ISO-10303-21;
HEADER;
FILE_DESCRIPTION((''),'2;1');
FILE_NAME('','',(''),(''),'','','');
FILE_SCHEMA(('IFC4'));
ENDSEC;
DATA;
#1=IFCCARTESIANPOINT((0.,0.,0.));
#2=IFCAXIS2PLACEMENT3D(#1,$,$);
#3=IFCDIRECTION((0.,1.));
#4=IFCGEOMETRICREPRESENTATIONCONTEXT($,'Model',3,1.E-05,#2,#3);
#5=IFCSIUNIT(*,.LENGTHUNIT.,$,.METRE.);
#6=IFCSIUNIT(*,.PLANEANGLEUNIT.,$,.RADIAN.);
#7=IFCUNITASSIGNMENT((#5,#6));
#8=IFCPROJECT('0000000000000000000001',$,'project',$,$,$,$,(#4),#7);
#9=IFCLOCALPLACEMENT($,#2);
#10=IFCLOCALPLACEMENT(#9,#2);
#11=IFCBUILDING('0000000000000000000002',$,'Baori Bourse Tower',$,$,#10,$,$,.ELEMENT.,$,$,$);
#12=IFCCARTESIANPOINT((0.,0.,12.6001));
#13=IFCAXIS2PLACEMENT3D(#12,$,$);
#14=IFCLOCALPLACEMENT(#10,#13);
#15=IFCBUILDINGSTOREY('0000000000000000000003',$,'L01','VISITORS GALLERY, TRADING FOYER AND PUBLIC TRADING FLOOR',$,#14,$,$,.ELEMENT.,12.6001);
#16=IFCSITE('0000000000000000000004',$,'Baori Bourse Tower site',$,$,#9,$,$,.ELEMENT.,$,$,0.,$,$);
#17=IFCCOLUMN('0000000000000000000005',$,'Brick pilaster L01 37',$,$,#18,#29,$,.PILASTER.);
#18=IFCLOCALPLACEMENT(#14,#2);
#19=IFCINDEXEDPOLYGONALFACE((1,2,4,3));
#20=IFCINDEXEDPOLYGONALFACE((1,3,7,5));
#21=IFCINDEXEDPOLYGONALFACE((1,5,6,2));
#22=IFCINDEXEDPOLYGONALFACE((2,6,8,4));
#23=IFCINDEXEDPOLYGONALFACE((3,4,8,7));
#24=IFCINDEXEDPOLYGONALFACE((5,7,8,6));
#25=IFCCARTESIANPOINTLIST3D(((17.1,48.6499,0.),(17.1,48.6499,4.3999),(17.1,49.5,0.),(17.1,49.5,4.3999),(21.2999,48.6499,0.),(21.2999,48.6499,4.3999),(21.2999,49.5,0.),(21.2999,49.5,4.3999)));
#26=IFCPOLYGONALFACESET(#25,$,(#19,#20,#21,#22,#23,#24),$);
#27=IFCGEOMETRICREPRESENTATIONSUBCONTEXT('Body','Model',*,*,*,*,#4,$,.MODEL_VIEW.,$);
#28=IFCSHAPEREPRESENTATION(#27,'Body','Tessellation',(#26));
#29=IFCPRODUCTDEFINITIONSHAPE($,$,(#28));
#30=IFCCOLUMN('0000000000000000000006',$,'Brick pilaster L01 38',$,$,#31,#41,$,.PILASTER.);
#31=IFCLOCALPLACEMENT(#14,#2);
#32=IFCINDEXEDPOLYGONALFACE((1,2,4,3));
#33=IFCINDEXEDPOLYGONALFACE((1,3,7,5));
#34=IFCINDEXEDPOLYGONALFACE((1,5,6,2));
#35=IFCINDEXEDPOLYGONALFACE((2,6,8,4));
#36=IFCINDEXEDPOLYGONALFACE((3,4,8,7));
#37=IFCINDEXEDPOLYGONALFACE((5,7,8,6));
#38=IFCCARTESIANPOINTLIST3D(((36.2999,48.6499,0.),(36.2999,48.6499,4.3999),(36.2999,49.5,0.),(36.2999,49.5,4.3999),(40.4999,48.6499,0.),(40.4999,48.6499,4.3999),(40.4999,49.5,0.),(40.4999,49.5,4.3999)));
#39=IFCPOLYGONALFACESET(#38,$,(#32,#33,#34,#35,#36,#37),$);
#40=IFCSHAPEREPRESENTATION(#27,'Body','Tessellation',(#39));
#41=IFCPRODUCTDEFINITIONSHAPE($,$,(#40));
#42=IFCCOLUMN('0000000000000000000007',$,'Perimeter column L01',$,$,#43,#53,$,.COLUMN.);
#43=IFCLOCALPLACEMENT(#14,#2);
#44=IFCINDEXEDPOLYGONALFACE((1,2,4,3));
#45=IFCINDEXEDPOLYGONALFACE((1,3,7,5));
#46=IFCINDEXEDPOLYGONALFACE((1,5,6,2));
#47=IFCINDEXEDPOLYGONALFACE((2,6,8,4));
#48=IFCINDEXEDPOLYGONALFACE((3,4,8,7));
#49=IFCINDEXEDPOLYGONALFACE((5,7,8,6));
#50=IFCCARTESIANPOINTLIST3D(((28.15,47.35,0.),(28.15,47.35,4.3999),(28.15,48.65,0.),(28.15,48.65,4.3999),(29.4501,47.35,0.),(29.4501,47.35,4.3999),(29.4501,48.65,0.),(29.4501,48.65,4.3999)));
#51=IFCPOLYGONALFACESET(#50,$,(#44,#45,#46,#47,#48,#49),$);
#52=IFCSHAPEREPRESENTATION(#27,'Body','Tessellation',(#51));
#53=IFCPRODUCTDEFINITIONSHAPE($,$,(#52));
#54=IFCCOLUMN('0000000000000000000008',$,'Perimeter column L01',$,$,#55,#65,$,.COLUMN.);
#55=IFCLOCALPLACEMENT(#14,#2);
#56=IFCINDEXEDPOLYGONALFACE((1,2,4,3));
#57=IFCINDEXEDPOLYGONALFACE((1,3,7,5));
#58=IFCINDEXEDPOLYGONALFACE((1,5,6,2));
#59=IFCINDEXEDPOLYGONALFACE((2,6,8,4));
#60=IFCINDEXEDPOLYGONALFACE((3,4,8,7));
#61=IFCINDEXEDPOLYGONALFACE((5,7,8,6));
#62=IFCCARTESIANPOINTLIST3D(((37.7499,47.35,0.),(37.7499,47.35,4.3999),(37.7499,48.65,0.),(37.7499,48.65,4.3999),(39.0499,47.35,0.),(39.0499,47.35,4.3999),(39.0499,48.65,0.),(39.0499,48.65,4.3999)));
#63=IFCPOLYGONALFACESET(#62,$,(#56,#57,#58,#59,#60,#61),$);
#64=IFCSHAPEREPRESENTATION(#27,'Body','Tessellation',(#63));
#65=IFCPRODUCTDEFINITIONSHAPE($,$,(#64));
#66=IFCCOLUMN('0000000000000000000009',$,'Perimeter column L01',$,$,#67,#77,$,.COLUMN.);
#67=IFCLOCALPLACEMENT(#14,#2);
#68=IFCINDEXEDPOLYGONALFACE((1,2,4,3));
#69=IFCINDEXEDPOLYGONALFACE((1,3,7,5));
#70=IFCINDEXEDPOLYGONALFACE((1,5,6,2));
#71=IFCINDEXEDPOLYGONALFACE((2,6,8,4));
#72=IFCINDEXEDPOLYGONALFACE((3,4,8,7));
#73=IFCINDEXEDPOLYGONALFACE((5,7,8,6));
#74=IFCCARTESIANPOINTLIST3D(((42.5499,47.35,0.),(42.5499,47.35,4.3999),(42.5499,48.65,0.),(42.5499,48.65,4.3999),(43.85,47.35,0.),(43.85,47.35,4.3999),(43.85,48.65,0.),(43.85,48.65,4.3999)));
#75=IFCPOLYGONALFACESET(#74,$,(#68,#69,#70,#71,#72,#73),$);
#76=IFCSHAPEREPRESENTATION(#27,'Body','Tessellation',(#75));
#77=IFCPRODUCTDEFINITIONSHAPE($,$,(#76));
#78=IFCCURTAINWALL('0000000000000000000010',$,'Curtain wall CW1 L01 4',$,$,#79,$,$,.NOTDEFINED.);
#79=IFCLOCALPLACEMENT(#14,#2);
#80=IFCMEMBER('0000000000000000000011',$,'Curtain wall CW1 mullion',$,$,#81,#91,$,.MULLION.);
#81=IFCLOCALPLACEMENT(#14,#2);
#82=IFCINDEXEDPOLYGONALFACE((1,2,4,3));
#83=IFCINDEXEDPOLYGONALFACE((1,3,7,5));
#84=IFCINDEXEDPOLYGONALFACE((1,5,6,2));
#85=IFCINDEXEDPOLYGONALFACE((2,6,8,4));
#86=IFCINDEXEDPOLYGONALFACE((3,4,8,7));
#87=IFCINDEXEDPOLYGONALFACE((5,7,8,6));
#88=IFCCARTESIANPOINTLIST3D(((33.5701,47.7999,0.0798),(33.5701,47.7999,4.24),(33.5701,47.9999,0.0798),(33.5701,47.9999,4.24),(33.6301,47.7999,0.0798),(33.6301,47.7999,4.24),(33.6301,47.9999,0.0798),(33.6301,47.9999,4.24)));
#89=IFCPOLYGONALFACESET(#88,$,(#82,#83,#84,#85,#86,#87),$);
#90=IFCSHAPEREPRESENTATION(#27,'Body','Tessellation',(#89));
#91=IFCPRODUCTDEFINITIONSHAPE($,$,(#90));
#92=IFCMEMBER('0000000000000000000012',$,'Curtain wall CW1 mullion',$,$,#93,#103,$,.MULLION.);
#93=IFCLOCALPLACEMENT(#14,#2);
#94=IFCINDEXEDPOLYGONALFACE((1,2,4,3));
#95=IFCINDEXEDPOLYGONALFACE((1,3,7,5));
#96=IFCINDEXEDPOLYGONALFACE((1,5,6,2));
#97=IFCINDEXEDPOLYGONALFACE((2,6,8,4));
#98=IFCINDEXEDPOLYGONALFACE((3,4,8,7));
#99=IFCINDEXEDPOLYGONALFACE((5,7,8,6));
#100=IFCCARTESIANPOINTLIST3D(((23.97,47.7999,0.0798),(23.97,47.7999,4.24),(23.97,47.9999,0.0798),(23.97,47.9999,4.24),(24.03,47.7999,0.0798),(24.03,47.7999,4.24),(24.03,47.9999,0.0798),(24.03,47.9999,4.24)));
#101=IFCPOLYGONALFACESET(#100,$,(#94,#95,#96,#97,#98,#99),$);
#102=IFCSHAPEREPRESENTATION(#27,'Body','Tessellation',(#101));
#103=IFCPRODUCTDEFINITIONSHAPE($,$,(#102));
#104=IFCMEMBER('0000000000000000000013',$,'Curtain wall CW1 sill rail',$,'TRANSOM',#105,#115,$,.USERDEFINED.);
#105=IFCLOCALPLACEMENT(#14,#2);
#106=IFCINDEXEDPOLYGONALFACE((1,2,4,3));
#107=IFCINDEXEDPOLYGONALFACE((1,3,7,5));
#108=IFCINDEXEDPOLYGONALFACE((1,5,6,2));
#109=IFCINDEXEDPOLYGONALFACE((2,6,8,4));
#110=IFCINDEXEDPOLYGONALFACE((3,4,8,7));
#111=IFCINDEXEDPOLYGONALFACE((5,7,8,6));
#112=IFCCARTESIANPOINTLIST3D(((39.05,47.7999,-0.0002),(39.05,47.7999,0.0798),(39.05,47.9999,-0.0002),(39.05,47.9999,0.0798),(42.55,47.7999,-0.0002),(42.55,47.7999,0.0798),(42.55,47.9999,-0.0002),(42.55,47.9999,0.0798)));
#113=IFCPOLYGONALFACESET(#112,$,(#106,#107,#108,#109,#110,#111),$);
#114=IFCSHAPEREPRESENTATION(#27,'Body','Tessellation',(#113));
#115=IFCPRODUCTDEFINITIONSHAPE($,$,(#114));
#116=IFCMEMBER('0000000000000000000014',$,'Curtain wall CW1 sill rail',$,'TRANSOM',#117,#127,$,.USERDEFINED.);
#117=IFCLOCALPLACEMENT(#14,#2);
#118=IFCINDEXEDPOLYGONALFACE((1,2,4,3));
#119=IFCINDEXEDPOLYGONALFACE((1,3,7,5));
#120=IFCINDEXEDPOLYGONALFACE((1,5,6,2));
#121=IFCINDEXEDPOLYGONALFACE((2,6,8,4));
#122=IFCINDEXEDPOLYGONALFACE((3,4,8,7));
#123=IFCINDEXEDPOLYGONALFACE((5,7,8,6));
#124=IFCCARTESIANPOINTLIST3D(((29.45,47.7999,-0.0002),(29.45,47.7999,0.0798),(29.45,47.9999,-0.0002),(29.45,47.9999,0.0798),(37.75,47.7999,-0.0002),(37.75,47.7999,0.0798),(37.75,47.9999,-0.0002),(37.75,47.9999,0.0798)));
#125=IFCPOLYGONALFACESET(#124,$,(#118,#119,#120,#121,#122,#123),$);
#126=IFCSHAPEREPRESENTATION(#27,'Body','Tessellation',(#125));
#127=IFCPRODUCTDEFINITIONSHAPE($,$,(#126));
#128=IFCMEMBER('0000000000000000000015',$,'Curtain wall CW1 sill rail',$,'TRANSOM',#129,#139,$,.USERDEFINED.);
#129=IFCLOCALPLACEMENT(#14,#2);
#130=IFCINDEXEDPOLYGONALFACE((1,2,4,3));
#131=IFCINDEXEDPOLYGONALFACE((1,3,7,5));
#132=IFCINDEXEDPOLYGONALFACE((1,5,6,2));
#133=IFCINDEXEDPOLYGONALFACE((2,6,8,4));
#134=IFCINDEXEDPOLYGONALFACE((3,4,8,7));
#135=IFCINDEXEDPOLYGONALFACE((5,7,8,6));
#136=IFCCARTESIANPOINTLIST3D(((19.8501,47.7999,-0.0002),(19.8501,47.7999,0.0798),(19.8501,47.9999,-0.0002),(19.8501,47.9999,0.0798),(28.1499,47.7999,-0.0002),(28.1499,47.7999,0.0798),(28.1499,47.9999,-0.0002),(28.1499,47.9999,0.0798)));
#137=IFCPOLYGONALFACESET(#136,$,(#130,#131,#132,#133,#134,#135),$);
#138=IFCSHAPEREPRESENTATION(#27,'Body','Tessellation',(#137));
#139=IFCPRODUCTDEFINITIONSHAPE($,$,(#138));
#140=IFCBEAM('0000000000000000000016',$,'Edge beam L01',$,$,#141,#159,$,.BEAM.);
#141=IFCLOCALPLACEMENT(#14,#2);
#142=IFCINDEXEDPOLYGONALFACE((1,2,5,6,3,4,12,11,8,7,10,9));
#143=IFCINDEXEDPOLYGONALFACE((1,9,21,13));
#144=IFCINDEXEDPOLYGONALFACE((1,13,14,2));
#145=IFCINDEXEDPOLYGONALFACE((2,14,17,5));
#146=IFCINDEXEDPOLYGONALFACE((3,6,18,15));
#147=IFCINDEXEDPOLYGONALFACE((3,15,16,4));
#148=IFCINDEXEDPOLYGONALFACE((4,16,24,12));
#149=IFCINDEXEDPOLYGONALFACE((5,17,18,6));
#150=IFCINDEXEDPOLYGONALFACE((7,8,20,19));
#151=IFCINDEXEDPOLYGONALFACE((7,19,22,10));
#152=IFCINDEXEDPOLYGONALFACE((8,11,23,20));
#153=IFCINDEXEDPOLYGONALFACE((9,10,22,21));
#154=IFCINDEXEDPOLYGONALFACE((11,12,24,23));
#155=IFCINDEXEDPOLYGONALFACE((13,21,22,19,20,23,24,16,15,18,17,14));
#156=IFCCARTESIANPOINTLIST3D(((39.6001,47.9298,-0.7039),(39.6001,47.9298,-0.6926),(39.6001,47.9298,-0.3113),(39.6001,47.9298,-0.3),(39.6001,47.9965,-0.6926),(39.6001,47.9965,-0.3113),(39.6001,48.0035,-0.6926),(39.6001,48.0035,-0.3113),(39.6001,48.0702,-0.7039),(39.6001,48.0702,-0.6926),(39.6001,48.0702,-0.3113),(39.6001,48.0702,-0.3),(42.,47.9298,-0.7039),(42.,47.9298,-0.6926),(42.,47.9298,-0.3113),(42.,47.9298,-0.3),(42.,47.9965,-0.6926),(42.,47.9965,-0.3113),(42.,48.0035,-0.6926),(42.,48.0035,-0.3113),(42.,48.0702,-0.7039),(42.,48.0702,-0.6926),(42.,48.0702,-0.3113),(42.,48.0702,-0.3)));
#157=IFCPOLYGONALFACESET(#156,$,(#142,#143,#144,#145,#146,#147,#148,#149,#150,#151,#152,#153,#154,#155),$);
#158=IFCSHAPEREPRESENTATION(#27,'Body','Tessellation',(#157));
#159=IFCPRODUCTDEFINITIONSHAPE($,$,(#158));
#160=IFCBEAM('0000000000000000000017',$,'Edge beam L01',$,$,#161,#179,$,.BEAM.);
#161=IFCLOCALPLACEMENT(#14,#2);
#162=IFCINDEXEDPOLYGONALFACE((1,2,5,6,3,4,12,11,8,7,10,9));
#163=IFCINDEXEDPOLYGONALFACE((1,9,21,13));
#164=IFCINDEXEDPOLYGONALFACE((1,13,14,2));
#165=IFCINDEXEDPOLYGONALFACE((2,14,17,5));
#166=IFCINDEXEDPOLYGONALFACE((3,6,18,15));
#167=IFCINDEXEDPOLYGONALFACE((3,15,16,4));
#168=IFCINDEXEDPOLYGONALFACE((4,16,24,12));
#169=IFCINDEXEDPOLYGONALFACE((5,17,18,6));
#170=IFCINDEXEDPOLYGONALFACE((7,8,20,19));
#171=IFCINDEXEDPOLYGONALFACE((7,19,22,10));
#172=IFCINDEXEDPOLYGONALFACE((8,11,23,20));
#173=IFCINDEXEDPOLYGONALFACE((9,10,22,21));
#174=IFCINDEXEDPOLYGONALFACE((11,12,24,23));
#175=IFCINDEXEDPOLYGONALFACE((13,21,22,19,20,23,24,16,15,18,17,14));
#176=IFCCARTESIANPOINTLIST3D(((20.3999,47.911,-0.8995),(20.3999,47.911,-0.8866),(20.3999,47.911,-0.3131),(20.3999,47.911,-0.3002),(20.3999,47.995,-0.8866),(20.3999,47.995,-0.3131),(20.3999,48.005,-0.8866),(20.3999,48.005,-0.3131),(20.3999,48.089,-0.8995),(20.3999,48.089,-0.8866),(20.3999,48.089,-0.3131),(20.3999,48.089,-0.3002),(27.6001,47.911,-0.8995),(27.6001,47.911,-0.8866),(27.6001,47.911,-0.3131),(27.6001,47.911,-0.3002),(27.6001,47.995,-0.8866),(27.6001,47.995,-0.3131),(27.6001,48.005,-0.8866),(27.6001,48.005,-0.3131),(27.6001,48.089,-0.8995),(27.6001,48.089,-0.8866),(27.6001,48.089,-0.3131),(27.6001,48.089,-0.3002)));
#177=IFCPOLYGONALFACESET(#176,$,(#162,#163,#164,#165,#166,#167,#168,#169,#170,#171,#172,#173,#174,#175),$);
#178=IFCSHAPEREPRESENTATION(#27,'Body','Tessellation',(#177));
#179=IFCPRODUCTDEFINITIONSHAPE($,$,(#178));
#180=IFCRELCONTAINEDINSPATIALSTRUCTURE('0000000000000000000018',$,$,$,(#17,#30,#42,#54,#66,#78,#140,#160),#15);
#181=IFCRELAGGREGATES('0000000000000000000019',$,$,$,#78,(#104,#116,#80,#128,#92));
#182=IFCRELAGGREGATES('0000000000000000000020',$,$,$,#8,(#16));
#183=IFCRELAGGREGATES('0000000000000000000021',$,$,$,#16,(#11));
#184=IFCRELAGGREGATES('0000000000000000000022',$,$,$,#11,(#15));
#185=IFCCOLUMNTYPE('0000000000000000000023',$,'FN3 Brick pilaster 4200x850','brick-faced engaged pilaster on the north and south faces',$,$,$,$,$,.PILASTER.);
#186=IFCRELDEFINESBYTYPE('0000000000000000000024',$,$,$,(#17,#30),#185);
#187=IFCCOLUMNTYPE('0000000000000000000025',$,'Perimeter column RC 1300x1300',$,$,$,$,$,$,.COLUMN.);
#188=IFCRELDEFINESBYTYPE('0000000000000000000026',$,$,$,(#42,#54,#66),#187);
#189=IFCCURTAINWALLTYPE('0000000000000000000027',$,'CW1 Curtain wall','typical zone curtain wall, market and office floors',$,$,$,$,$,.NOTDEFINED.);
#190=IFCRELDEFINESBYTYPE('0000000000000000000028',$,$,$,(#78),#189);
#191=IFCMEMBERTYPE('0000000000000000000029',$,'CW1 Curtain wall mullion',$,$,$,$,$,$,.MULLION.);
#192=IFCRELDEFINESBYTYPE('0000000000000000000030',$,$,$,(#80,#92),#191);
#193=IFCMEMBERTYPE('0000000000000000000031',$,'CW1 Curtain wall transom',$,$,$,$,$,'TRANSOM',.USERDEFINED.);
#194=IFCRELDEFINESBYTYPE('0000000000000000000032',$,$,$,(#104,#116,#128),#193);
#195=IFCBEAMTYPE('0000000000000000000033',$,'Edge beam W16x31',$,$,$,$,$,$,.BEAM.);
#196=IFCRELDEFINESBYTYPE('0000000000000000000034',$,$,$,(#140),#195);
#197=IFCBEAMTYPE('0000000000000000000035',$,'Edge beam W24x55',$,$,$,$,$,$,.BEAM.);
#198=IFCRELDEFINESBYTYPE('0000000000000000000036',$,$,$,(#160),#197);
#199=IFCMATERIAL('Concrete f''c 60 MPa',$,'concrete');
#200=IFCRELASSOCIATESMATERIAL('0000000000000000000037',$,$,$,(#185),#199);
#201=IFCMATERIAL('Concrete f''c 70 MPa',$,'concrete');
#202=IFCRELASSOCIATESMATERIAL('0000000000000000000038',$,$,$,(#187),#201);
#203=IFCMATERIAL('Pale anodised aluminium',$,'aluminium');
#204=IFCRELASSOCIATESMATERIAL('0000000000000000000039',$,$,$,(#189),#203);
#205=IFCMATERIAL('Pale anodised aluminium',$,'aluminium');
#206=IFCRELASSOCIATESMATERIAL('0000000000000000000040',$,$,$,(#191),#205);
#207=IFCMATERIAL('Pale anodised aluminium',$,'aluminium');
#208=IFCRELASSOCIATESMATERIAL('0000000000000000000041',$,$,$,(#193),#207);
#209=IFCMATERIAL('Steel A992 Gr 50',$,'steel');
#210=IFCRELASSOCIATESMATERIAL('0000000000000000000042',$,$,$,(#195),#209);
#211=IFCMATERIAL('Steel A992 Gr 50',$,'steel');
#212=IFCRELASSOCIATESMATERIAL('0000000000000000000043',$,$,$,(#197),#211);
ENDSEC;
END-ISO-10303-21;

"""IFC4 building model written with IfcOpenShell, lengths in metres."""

from ifc_helpers import new_model, si_unit, direction, frame, origin, origin_2d, place, context, subcontext, project, spatial, rectangle, i_section, extrude, material, material_profile, profile_set, type_object, element, aggregate, save


model = new_model("IFC4")

# Units and contexts
model_context = context("Model", 3, precision=1e-05, world=origin(), true_north=direction((0.0, 1.0)))
body_context = subcontext(model_context, "Body", "Model", "MODEL_VIEW")
ifc_project = project(units=[si_unit("LENGTHUNIT", "METRE"), si_unit("PLANEANGLEUNIT", "RADIAN")], contexts=[model_context])

# Site, building, storey
site_placement = place(None, origin())
site = spatial("IfcSite", under=ifc_project, at=site_placement, Name="Baori Bourse Tower site", CompositionType="ELEMENT", RefElevation=0.0)
building_placement = place(site_placement, origin())
building = spatial("IfcBuilding", under=site, at=building_placement, Name="Baori Bourse Tower", CompositionType="ELEMENT")
storey_placement = place(building_placement, frame((0.0, 0.0, 12.6001)))
storey = spatial("IfcBuildingStorey", under=building, at=storey_placement, Name="L01", Description="VISITORS GALLERY, TRADING FOYER AND PUBLIC TRADING FLOOR", CompositionType="ELEMENT", Elevation=12.6001)

# Columns
ifc_material_1 = material(Name="Concrete f'c 60 MPa", Category="concrete")
ifc_material_profile_1 = material_profile(ifc_material_1, rectangle(XDim=4.2, YDim=0.8501, at=origin_2d()), Name="RC 4200x850")
ifc_profile_set_1 = profile_set([ifc_material_profile_1], Name="Concrete f'c 60 MPa")
column_type_1 = type_object("IfcColumnType", Name="FN3 Brick pilaster 4200x850", Description="brick-faced engaged pilaster on the north and south faces", PredefinedType="PILASTER", material=ifc_profile_set_1)
for number, where, z_axis, x_axis, name in (
    (1, (19.2, 49.075, 0.0), (0.0, 0.0, 1.0), (1.0, 0.0, 0.0), "Brick pilaster L01 37"),
    (2, (38.3999, 49.075, 0.0), (0.0, 0.0, 1.0), (1.0, 0.0, 0.0), "Brick pilaster L01 38"),
):
    element("IfcColumn", number, at=place(storey_placement, frame(where, z_axis=z_axis, x_axis=x_axis)), inside=storey, type_object=column_type_1, Name=name, PredefinedType="PILASTER", context=body_context, shape_type="SweptSolid", body=[
        extrude(rectangle(XDim=4.2, YDim=0.8501, at=origin_2d()), origin(), (0.0, 0.0, 1.0), 4.3999),
    ])
ifc_material_2 = material(Name="Concrete f'c 70 MPa", Category="concrete")
ifc_material_profile_2 = material_profile(ifc_material_2, rectangle(XDim=1.3, YDim=1.3, at=origin_2d()), Name="RC 1300x1300")
ifc_profile_set_2 = profile_set([ifc_material_profile_2], Name="Concrete f'c 70 MPa")
column_type_2 = type_object("IfcColumnType", Name="Perimeter column RC 1300x1300", PredefinedType="COLUMN", material=ifc_profile_set_2)
for number, where, z_axis, x_axis, name in (
    (3, (28.8, 48.0, 0.0), (0.0, 0.0, 1.0), (1.0, 0.0, 0.0), "Perimeter column L01"),
    (4, (38.3999, 48.0, 0.0), (0.0, 0.0, 1.0), (1.0, 0.0, 0.0), "Perimeter column L01"),
    (5, (43.2, 48.0, 0.0), (0.0, 0.0, 1.0), (1.0, 0.0, 0.0), "Perimeter column L01"),
):
    element("IfcColumn", number, at=place(storey_placement, frame(where, z_axis=z_axis, x_axis=x_axis)), inside=storey, type_object=column_type_2, Name=name, PredefinedType="COLUMN", context=body_context, shape_type="SweptSolid", body=[
        extrude(rectangle(XDim=1.3, YDim=1.3, at=origin_2d()), origin(), (0.0, 0.0, 1.0), 4.3999),
    ])

# Curtain wall, members
ifc_material_3 = material(Name="Pale anodised aluminium", Category="aluminium")
curtain_wall_type = type_object("IfcCurtainWallType", Name="CW1 Curtain wall", Description="typical zone curtain wall, market and office floors", PredefinedType="NOTDEFINED", material=ifc_material_3)
curtain_wall_placement = place(storey_placement, origin())
curtain_wall = element("IfcCurtainWall", 6, at=curtain_wall_placement, inside=storey, type_object=curtain_wall_type, Name="Curtain wall CW1 L01 4", PredefinedType="NOTDEFINED")
ifc_material_4 = material(Name="Pale anodised aluminium", Category="aluminium")
ifc_material_profile_3 = material_profile(ifc_material_4, rectangle(XDim=0.2, YDim=0.0601, at=origin_2d()), Name="Mullion 60x200")
ifc_profile_set_3 = profile_set([ifc_material_profile_3], Name="Pale anodised aluminium")
member_type_1 = type_object("IfcMemberType", Name="CW1 Curtain wall mullion", PredefinedType="MULLION", material=ifc_profile_set_3)
member_1_placement = place(storey_placement, frame((33.6001, 47.8999, 0.0798), z_axis=(0.0, 0.0, 1.0), x_axis=(0.0, -1.0, 0.0)))
member_1 = element("IfcMember", 7, at=member_1_placement, type_object=member_type_1, Name="Curtain wall CW1 mullion", PredefinedType="MULLION", context=body_context, shape_type="SweptSolid", body=[
    extrude(rectangle(XDim=0.2, YDim=0.0601, at=origin_2d()), origin(), (0.0, 0.0, 1.0), 4.1602),
])
member_2_placement = place(storey_placement, frame((24.0, 47.8999, 0.0798), z_axis=(0.0, 0.0, 1.0), x_axis=(0.0, -1.0, 0.0)))
member_2 = element("IfcMember", 8, at=member_2_placement, type_object=member_type_1, Name="Curtain wall CW1 mullion", PredefinedType="MULLION", context=body_context, shape_type="SweptSolid", body=[
    extrude(rectangle(XDim=0.2, YDim=0.0601, at=origin_2d()), origin(), (0.0, 0.0, 1.0), 4.1602),
])
ifc_material_5 = material(Name="Pale anodised aluminium", Category="aluminium")
ifc_material_profile_4 = material_profile(ifc_material_5, rectangle(XDim=0.2, YDim=0.0801, at=origin_2d()), Name="Transom 80x200")
ifc_profile_set_4 = profile_set([ifc_material_profile_4], Name="Pale anodised aluminium")
member_type_2 = type_object("IfcMemberType", Name="CW1 Curtain wall transom", ElementType="TRANSOM", PredefinedType="USERDEFINED", material=ifc_profile_set_4)
member_3_placement = place(storey_placement, frame((42.55, 47.8999, 0.0398), z_axis=(-1.0, 0.0, 0.0), x_axis=(0.0, -1.0, 0.0)))
member_3 = element("IfcMember", 9, at=member_3_placement, type_object=member_type_2, Name="Curtain wall CW1 sill rail", ObjectType="TRANSOM", PredefinedType="USERDEFINED", context=body_context, shape_type="SweptSolid", body=[
    extrude(rectangle(XDim=0.2, YDim=0.0801, at=origin_2d()), origin(), (0.0, 0.0, 1.0), 3.5),
])
member_4_placement = place(storey_placement, frame((37.75, 47.8999, 0.0398), z_axis=(-1.0, 0.0, 0.0), x_axis=(0.0, -1.0, 0.0)))
member_4 = element("IfcMember", 10, at=member_4_placement, type_object=member_type_2, Name="Curtain wall CW1 sill rail", ObjectType="TRANSOM", PredefinedType="USERDEFINED", context=body_context, shape_type="SweptSolid", body=[
    extrude(rectangle(XDim=0.2, YDim=0.0801, at=origin_2d()), origin(), (0.0, 0.0, 1.0), 8.3),
])
member_5_placement = place(storey_placement, frame((28.1499, 47.8999, 0.0398), z_axis=(-1.0, 0.0, 0.0), x_axis=(0.0, -1.0, 0.0)))
member_5 = element("IfcMember", 11, at=member_5_placement, type_object=member_type_2, Name="Curtain wall CW1 sill rail", ObjectType="TRANSOM", PredefinedType="USERDEFINED", context=body_context, shape_type="SweptSolid", body=[
    extrude(rectangle(XDim=0.2, YDim=0.0801, at=origin_2d()), origin(), (0.0, 0.0, 1.0), 8.2998),
])

# Beams
ifc_material_6 = material(Name="Steel A992 Gr 50", Category="steel")
ifc_material_profile_5 = material_profile(ifc_material_6, i_section(OverallWidth=0.1404, OverallDepth=0.4038, WebThickness=0.0071, FlangeThickness=0.0112, at=origin_2d()), Name="W16x31")
ifc_profile_set_5 = profile_set([ifc_material_profile_5], Name="Steel A992 Gr 50")
beam_type_1 = type_object("IfcBeamType", Name="Edge beam W16x31", PredefinedType="BEAM", material=ifc_profile_set_5)
beam_1_placement = place(storey_placement, frame((39.6001, 48.0, -0.502), z_axis=(1.0, 0.0, 0.0), x_axis=(0.0, 1.0, 0.0)))
element("IfcBeam", 12, at=beam_1_placement, inside=storey, type_object=beam_type_1, Name="Edge beam L01", PredefinedType="BEAM", context=body_context, shape_type="SweptSolid", body=[
    extrude(i_section(OverallWidth=0.1404, OverallDepth=0.4038, WebThickness=0.0071, FlangeThickness=0.0112, at=origin_2d()), origin(), (0.0, 0.0, 1.0), 2.3999),
])
ifc_material_7 = material(Name="Steel A992 Gr 50", Category="steel")
ifc_material_profile_6 = material_profile(ifc_material_7, i_section(OverallWidth=0.178, OverallDepth=0.5994, WebThickness=0.01, FlangeThickness=0.0129, at=origin_2d()), Name="W24x55")
ifc_profile_set_6 = profile_set([ifc_material_profile_6], Name="Steel A992 Gr 50")
beam_type_2 = type_object("IfcBeamType", Name="Edge beam W24x55", PredefinedType="BEAM", material=ifc_profile_set_6)
beam_2_placement = place(storey_placement, frame((20.3999, 48.0, -0.5999), z_axis=(1.0, 0.0, 0.0), x_axis=(0.0, 1.0, 0.0)))
element("IfcBeam", 13, at=beam_2_placement, inside=storey, type_object=beam_type_2, Name="Edge beam L01", PredefinedType="BEAM", context=body_context, shape_type="SweptSolid", body=[
    extrude(i_section(OverallWidth=0.178, OverallDepth=0.5994, WebThickness=0.01, FlangeThickness=0.0129, at=origin_2d()), origin(), (0.0, 0.0, 1.0), 7.2002),
])

aggregate(curtain_wall, [member_3, member_4, member_1, member_5, member_2])

save(model, "model.ifc")
